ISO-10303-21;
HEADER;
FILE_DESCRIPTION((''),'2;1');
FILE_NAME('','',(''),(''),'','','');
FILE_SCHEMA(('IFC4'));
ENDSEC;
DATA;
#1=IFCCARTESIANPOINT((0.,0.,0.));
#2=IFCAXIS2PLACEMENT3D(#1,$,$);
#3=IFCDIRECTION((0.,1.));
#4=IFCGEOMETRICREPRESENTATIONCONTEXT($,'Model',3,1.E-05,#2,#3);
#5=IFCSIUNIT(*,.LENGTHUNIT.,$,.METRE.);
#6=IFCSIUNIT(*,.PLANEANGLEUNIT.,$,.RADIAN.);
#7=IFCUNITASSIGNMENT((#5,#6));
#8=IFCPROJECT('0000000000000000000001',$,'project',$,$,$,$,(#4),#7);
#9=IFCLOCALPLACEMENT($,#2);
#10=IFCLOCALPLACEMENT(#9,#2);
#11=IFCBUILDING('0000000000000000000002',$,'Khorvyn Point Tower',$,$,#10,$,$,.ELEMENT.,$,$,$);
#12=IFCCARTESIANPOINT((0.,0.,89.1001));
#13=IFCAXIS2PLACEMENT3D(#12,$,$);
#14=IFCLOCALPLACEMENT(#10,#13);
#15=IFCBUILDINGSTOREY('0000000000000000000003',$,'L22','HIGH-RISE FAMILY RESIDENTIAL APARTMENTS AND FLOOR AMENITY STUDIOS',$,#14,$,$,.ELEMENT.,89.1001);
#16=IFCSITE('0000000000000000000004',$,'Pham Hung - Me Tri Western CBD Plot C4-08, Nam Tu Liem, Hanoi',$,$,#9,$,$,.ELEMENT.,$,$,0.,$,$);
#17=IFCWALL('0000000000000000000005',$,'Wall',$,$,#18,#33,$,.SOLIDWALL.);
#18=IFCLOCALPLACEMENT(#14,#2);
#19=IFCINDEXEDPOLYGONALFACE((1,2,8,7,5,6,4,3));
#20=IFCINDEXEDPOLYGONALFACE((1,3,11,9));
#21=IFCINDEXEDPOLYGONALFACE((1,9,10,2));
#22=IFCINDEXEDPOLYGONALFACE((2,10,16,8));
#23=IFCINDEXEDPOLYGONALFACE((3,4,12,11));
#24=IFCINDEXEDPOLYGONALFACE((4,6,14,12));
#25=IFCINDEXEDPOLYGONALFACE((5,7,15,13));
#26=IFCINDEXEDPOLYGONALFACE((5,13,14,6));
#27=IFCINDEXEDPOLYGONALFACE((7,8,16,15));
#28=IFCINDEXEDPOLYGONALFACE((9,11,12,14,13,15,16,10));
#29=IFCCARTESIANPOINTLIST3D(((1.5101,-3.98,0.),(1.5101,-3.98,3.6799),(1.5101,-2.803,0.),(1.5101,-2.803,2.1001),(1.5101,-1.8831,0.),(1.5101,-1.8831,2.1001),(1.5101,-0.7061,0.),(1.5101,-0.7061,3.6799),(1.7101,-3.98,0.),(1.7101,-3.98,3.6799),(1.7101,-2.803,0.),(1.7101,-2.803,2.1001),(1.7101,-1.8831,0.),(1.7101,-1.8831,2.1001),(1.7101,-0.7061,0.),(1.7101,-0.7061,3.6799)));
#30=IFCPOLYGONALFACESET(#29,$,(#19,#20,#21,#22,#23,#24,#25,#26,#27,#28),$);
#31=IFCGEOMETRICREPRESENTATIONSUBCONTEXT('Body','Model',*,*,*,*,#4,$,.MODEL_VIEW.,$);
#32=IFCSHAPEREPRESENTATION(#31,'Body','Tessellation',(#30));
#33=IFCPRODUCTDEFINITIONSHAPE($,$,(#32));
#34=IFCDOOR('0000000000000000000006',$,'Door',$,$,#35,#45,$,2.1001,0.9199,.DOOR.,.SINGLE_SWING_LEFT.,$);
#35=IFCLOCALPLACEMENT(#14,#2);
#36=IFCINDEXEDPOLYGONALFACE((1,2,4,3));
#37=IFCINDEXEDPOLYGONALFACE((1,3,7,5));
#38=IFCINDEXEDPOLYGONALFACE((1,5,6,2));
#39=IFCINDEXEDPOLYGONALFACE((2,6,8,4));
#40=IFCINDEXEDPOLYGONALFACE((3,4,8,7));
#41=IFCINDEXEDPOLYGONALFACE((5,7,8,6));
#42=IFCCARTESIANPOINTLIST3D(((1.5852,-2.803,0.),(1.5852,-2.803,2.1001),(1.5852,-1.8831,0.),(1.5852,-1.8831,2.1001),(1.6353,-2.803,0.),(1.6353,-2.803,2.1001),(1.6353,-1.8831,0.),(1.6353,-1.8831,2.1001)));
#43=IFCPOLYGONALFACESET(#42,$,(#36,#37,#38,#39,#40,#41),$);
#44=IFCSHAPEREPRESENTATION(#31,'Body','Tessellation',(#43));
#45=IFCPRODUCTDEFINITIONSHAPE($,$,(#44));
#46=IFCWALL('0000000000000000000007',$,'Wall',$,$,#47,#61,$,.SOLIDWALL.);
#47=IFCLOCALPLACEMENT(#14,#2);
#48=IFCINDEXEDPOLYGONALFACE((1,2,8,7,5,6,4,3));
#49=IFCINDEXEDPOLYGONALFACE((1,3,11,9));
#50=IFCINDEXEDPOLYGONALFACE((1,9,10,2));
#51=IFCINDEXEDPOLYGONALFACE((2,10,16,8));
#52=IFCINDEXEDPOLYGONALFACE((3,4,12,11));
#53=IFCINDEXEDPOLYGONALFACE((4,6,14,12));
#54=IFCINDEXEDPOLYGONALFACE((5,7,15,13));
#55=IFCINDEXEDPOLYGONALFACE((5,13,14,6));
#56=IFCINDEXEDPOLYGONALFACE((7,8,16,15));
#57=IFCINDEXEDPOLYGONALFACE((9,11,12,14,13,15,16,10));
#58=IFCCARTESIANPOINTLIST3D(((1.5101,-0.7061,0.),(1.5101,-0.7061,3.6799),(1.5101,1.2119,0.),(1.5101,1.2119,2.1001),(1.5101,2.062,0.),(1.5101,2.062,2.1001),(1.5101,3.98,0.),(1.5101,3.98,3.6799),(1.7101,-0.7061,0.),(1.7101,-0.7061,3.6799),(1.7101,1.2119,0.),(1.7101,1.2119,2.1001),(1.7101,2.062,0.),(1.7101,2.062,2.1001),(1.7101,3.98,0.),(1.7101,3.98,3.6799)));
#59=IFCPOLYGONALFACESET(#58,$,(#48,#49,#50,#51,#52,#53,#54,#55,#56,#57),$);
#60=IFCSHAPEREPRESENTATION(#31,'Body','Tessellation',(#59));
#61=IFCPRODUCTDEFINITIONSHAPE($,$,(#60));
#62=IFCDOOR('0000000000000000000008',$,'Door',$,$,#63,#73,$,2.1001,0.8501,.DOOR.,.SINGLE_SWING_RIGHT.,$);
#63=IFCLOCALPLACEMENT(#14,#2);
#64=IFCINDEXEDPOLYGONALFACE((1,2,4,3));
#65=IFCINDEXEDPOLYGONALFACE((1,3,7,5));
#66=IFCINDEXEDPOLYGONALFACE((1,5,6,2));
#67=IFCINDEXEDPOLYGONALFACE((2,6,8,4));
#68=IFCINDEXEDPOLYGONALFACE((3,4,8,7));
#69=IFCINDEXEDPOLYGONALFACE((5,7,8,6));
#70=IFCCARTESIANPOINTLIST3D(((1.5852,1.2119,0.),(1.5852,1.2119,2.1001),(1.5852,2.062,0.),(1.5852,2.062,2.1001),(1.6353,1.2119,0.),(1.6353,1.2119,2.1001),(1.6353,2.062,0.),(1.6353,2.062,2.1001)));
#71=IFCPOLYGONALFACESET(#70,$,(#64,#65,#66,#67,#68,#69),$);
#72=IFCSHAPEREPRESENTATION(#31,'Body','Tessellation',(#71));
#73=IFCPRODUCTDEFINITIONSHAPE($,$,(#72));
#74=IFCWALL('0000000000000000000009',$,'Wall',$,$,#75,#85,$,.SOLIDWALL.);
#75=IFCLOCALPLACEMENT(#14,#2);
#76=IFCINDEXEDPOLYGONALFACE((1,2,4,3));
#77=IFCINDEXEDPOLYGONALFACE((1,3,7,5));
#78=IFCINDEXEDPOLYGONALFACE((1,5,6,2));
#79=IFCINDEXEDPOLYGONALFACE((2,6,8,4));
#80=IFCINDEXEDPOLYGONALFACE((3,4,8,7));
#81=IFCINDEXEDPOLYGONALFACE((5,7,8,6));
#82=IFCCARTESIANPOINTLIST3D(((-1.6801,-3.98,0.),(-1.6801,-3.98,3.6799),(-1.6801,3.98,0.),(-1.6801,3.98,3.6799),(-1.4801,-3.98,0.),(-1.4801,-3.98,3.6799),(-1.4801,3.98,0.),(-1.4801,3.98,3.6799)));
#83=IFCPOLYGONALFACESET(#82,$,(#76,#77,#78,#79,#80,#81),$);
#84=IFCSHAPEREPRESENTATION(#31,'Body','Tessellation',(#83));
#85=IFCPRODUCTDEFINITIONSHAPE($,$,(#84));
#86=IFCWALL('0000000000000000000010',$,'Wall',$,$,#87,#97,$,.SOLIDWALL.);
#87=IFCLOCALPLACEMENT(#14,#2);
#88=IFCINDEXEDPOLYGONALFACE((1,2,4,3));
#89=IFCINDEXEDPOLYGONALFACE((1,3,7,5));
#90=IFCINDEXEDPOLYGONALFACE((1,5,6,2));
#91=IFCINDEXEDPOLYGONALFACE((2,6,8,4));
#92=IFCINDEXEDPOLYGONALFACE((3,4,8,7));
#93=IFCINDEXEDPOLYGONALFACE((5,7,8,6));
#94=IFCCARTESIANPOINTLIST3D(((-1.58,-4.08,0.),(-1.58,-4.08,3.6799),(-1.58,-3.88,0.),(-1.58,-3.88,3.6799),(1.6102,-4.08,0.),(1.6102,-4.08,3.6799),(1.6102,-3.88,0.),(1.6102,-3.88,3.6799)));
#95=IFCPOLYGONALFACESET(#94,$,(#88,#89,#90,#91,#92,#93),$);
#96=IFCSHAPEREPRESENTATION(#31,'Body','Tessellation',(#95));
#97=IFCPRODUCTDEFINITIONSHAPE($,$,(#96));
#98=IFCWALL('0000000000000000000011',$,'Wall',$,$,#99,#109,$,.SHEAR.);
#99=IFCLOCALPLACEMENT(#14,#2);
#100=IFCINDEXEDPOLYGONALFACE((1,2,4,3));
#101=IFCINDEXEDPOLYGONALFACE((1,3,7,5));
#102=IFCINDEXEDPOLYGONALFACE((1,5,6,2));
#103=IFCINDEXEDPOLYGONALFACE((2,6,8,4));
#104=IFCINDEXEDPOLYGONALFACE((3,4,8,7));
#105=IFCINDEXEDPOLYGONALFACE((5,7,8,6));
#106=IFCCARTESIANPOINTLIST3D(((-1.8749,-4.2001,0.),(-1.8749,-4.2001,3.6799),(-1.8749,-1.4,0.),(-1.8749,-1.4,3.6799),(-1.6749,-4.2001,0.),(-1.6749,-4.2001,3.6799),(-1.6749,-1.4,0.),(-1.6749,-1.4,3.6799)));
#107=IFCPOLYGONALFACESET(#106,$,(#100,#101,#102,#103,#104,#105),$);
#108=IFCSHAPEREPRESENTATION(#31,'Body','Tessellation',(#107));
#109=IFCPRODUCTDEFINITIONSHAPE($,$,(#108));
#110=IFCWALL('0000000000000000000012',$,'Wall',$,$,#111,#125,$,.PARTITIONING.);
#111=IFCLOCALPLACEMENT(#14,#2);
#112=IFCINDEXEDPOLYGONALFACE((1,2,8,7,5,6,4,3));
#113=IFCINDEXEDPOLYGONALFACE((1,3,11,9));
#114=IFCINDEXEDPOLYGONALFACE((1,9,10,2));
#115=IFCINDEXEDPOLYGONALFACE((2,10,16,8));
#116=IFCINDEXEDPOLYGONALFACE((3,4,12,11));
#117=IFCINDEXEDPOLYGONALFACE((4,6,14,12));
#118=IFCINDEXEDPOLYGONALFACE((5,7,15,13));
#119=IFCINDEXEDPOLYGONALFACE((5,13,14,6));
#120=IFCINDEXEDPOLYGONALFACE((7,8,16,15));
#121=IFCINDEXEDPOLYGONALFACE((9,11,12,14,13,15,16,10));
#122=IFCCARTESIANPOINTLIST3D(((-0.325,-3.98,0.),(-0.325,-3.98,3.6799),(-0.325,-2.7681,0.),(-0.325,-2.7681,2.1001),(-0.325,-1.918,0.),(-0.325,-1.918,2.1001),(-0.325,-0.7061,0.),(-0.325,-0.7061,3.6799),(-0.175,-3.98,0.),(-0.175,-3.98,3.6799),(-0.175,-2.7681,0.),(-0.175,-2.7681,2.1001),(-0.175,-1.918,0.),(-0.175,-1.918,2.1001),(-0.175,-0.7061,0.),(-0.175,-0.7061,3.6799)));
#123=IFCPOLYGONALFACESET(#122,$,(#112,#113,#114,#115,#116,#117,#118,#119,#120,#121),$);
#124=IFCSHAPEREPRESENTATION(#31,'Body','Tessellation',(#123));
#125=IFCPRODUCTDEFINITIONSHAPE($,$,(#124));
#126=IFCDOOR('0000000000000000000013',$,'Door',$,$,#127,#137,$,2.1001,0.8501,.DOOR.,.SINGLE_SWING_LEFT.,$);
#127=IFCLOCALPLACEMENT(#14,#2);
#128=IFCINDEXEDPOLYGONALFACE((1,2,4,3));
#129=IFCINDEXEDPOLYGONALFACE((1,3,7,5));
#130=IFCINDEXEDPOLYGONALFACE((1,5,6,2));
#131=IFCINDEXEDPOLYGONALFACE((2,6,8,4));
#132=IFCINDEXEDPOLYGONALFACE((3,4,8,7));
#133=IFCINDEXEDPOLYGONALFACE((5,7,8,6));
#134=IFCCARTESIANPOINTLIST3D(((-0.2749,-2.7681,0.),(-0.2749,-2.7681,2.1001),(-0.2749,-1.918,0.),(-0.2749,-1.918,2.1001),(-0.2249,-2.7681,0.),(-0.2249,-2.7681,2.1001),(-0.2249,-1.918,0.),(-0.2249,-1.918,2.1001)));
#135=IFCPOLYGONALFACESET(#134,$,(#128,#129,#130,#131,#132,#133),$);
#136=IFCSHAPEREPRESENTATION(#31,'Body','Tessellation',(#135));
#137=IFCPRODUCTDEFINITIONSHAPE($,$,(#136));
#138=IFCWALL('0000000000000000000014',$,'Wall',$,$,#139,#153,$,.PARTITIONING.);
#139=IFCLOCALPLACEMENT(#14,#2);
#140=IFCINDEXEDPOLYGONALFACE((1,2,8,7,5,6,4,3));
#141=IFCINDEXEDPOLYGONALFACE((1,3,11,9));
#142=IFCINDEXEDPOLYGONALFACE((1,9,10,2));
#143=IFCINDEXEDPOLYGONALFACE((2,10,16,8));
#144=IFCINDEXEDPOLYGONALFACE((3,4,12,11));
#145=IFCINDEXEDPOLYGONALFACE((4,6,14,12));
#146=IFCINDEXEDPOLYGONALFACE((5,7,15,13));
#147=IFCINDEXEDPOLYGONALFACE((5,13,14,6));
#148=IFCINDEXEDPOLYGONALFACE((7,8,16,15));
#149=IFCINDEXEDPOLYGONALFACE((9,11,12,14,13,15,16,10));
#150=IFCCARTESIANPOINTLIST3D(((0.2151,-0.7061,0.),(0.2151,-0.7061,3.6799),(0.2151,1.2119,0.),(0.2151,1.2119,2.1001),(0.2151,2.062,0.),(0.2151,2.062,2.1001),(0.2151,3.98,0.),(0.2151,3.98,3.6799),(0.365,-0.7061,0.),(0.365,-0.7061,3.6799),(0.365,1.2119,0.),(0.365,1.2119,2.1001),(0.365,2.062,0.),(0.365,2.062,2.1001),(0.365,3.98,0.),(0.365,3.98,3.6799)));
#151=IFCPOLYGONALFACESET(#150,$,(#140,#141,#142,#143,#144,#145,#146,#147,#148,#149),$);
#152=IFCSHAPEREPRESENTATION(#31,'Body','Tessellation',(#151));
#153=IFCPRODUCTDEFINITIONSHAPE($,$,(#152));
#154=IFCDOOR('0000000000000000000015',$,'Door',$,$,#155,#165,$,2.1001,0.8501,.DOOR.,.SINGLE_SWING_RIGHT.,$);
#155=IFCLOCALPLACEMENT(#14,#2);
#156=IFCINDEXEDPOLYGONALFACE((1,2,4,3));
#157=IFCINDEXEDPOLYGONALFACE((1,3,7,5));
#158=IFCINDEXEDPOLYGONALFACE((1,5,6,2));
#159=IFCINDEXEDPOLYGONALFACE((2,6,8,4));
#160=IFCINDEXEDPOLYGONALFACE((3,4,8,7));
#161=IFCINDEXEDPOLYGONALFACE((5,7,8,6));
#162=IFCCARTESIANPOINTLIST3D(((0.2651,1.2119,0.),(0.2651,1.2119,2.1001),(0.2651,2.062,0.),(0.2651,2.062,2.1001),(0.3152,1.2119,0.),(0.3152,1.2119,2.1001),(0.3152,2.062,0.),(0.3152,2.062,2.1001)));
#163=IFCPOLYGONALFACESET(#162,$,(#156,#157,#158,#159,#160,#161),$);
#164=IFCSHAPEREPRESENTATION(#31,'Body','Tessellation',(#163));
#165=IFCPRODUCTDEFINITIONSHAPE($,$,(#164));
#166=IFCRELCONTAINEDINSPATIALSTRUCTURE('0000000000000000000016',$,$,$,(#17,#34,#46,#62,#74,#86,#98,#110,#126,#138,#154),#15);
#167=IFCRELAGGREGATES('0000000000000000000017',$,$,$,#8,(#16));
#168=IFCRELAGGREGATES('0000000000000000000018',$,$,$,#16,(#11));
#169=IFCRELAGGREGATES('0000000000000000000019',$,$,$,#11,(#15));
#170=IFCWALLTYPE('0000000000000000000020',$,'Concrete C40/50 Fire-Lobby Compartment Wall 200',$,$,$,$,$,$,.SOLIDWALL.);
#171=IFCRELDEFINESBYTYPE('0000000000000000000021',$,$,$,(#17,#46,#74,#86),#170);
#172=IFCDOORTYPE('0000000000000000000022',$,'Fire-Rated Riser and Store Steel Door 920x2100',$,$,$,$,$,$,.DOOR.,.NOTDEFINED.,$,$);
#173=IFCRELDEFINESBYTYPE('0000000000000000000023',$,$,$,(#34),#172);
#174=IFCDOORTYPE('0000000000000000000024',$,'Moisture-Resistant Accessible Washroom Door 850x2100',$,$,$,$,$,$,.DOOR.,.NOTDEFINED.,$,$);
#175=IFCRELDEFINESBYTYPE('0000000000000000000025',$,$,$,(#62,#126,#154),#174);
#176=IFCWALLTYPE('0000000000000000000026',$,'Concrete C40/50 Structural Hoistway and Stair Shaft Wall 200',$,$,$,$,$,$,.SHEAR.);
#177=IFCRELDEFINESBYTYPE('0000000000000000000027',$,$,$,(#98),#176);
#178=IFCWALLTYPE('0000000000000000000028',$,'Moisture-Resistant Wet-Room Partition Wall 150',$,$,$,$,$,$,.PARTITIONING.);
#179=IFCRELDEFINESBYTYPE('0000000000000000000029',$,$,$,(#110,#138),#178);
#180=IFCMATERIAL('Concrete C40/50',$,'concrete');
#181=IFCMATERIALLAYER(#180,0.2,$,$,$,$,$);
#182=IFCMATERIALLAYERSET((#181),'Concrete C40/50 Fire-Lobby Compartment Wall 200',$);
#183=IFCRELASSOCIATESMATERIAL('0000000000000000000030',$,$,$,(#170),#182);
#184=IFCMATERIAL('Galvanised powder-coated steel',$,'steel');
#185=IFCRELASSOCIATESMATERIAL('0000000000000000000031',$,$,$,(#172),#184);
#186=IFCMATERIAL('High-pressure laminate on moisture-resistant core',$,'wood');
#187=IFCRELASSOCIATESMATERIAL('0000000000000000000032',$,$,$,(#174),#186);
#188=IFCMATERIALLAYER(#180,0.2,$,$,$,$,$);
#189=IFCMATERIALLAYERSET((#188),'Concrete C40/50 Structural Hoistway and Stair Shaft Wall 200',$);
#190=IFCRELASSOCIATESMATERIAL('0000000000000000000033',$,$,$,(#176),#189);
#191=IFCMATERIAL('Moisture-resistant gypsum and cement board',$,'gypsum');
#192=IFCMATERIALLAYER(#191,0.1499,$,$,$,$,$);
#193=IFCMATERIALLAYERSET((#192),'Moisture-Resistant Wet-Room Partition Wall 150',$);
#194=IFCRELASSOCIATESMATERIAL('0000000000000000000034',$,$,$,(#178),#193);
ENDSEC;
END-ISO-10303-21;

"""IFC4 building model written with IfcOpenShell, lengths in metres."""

from ifc_helpers import new_model, si_unit, direction, frame, frame_2d, origin, place, context, subcontext, project, spatial, rectangle, extrude, material, layer, layer_set, type_object, element, fill, save


model = new_model("IFC4")

# Units and contexts
model_context = context("Model", 3, precision=1e-05, world=origin(), true_north=direction((0.0, 1.0)))
body_context = subcontext(model_context, "Body", "Model", "MODEL_VIEW")
ifc_project = project(units=[si_unit("LENGTHUNIT", "METRE"), si_unit("PLANEANGLEUNIT", "RADIAN")], contexts=[model_context])

# Site, building, storey
site_placement = place(None, origin())
site = spatial("IfcSite", under=ifc_project, at=site_placement, Name="Pham Hung - Me Tri Western CBD Plot C4-08, Nam Tu Liem, Hanoi", CompositionType="ELEMENT", RefElevation=0.0)
building_placement = place(site_placement, origin())
building = spatial("IfcBuilding", under=site, at=building_placement, Name="Khorvyn Point Tower", CompositionType="ELEMENT")
storey_placement = place(building_placement, frame((0.0, 0.0, 89.1001)))
storey = spatial("IfcBuildingStorey", under=building, at=storey_placement, Name="L22", Description="HIGH-RISE FAMILY RESIDENTIAL APARTMENTS AND FLOOR AMENITY STUDIOS", CompositionType="ELEMENT", Elevation=89.1001)

# Shared definitions
ifc_material_1 = material(Name="Concrete C40/50", Category="concrete")

# Walls, openings, doors
ifc_layer_1 = layer(ifc_material_1, 0.2)
ifc_layer_set_1 = layer_set([ifc_layer_1], Name="Concrete C40/50 Fire-Lobby Compartment Wall 200")
wall_type_1 = type_object("IfcWallType", Name="Concrete C40/50 Fire-Lobby Compartment Wall 200", PredefinedType="SOLIDWALL", material=ifc_layer_set_1)
wall_1_placement = place(storey_placement, frame((1.6101, -3.98, 0.0), z_axis=(0.0, 0.0, 1.0), x_axis=(0.0, 1.0, 0.0)))
wall_1 = element("IfcWall", 1, at=wall_1_placement, inside=storey, type_object=wall_type_1, Name="Wall", PredefinedType="SOLIDWALL", context=body_context, shape_type="SweptSolid", body=[
    extrude(rectangle(XDim=3.2739, YDim=0.2, at=frame_2d((1.637, 0.0))), origin(), (0.0, 0.0, 1.0), 3.6799),
])
opening_1_placement = place(wall_1_placement, frame((1.177, 0.0, 0.0)))
opening_1 = element("IfcOpeningElement", 2, at=opening_1_placement, cuts=wall_1, PredefinedType="OPENING", context=body_context, shape_type="SweptSolid", body=[
    extrude(rectangle(XDim=0.9199, YDim=2.1001, at=frame_2d((0.46, 1.05))), frame((0.0, 0.1099, 0.0), z_axis=(0.0, -1.0, 0.0), x_axis=(1.0, 0.0, 0.0)), (0.0, 0.0, 1.0), 0.22),
])
ifc_material_2 = material(Name="Galvanised powder-coated steel", Category="steel")
door_type_1 = type_object("IfcDoorType", Name="Fire-Rated Riser and Store Steel Door 920x2100", OperationType="NOTDEFINED", PredefinedType="DOOR", material=ifc_material_2)
door_1_placement = place(opening_1_placement, origin())
door_1 = element("IfcDoor", 3, at=door_1_placement, inside=storey, type_object=door_type_1, Name="Door", OperationType="SINGLE_SWING_LEFT", OverallHeight=2.1001, OverallWidth=0.9199, PredefinedType="DOOR", context=body_context, shape_type="SweptSolid", body=[
    extrude(rectangle(XDim=0.9199, YDim=2.1001, at=frame_2d((0.46, 1.05))), frame((0.0, 0.0249, 0.0), z_axis=(0.0, -1.0, 0.0), x_axis=(1.0, 0.0, 0.0)), (0.0, 0.0, 1.0), 0.05),
])
fill(opening_1, door_1)
wall_2_placement = place(storey_placement, frame((1.6101, -0.7061, 0.0), z_axis=(0.0, 0.0, 1.0), x_axis=(0.0, 1.0, 0.0)))
wall_2 = element("IfcWall", 4, at=wall_2_placement, inside=storey, type_object=wall_type_1, Name="Wall", PredefinedType="SOLIDWALL", context=body_context, shape_type="SweptSolid", body=[
    extrude(rectangle(XDim=4.686, YDim=0.2, at=frame_2d((2.343, 0.0))), origin(), (0.0, 0.0, 1.0), 3.6799),
])
opening_2_placement = place(wall_2_placement, frame((1.918, 0.0, 0.0)))
opening_2 = element("IfcOpeningElement", 5, at=opening_2_placement, cuts=wall_2, PredefinedType="OPENING", context=body_context, shape_type="SweptSolid", body=[
    extrude(rectangle(XDim=0.8501, YDim=2.1001, at=frame_2d((0.425, 1.05))), frame((0.0, 0.1099, 0.0), z_axis=(0.0, -1.0, 0.0), x_axis=(1.0, 0.0, 0.0)), (0.0, 0.0, 1.0), 0.22),
])
ifc_material_3 = material(Name="High-pressure laminate on moisture-resistant core", Category="wood")
door_type_2 = type_object("IfcDoorType", Name="Moisture-Resistant Accessible Washroom Door 850x2100", OperationType="NOTDEFINED", PredefinedType="DOOR", material=ifc_material_3)
door_2_placement = place(opening_2_placement, origin())
door_2 = element("IfcDoor", 6, at=door_2_placement, inside=storey, type_object=door_type_2, Name="Door", OperationType="SINGLE_SWING_RIGHT", OverallHeight=2.1001, OverallWidth=0.8501, PredefinedType="DOOR", context=body_context, shape_type="SweptSolid", body=[
    extrude(rectangle(XDim=0.8501, YDim=2.1001, at=frame_2d((0.425, 1.05))), frame((0.0, 0.0249, 0.0), z_axis=(0.0, -1.0, 0.0), x_axis=(1.0, 0.0, 0.0)), (0.0, 0.0, 1.0), 0.05),
])
fill(opening_2, door_2)

# Walls
wall_3_placement = place(storey_placement, frame((-1.5801, -3.98, 0.0), z_axis=(0.0, 0.0, 1.0), x_axis=(0.0, 1.0, 0.0)))
element("IfcWall", 7, at=wall_3_placement, inside=storey, type_object=wall_type_1, Name="Wall", PredefinedType="SOLIDWALL", context=body_context, shape_type="SweptSolid", body=[
    extrude(rectangle(XDim=7.96, YDim=0.2, at=frame_2d((3.98, 0.0))), origin(), (0.0, 0.0, 1.0), 3.6799),
])
wall_4_placement = place(storey_placement, frame((-1.5801, -3.98, 0.0), z_axis=(0.0, 0.0, 1.0), x_axis=(1.0, 0.0, 0.0)))
element("IfcWall", 8, at=wall_4_placement, inside=storey, type_object=wall_type_1, Name="Wall", PredefinedType="SOLIDWALL", context=body_context, shape_type="SweptSolid", body=[
    extrude(rectangle(XDim=3.1902, YDim=0.2, at=frame_2d((1.5952, 0.0))), origin(), (0.0, 0.0, 1.0), 3.6799),
])
ifc_layer_2 = layer(ifc_material_1, 0.2)
ifc_layer_set_2 = layer_set([ifc_layer_2], Name="Concrete C40/50 Structural Hoistway and Stair Shaft Wall 200")
wall_type_2 = type_object("IfcWallType", Name="Concrete C40/50 Structural Hoistway and Stair Shaft Wall 200", PredefinedType="SHEAR", material=ifc_layer_set_2)
wall_5_placement = place(storey_placement, frame((-1.7749, -4.2, 0.0), z_axis=(0.0, 0.0, 1.0), x_axis=(0.0, 1.0, 0.0)))
element("IfcWall", 9, at=wall_5_placement, inside=storey, type_object=wall_type_2, Name="Wall", PredefinedType="SHEAR", context=body_context, shape_type="SweptSolid", body=[
    extrude(rectangle(XDim=2.8, YDim=0.2, at=frame_2d((1.3999, 0.0))), origin(), (0.0, 0.0, 1.0), 3.6799),
])

# Walls, openings, doors
ifc_material_4 = material(Name="Moisture-resistant gypsum and cement board", Category="gypsum")
ifc_layer_3 = layer(ifc_material_4, 0.1499)
ifc_layer_set_3 = layer_set([ifc_layer_3], Name="Moisture-Resistant Wet-Room Partition Wall 150")
wall_type_3 = type_object("IfcWallType", Name="Moisture-Resistant Wet-Room Partition Wall 150", PredefinedType="PARTITIONING", material=ifc_layer_set_3)
wall_6_placement = place(storey_placement, frame((-0.25, -3.98, 0.0), z_axis=(0.0, 0.0, 1.0), x_axis=(0.0, 1.0, 0.0)))
wall_6 = element("IfcWall", 10, at=wall_6_placement, inside=storey, type_object=wall_type_3, Name="Wall", PredefinedType="PARTITIONING", context=body_context, shape_type="SweptSolid", body=[
    extrude(rectangle(XDim=3.2739, YDim=0.1499, at=frame_2d((1.637, 0.0))), origin(), (0.0, 0.0, 1.0), 3.6799),
])
opening_3_placement = place(wall_6_placement, frame((1.2119, 0.0, 0.0)))
opening_3 = element("IfcOpeningElement", 11, at=opening_3_placement, cuts=wall_6, PredefinedType="OPENING", context=body_context, shape_type="SweptSolid", body=[
    extrude(rectangle(XDim=0.8501, YDim=2.1001, at=frame_2d((0.425, 1.05))), frame((0.0, 0.085, 0.0), z_axis=(0.0, -1.0, 0.0), x_axis=(1.0, 0.0, 0.0)), (0.0, 0.0, 1.0), 0.1699),
])
door_3_placement = place(opening_3_placement, origin())
door_3 = element("IfcDoor", 12, at=door_3_placement, inside=storey, type_object=door_type_2, Name="Door", OperationType="SINGLE_SWING_LEFT", OverallHeight=2.1001, OverallWidth=0.8501, PredefinedType="DOOR", context=body_context, shape_type="SweptSolid", body=[
    extrude(rectangle(XDim=0.8501, YDim=2.1001, at=frame_2d((0.425, 1.05))), frame((0.0, 0.0249, 0.0), z_axis=(0.0, -1.0, 0.0), x_axis=(1.0, 0.0, 0.0)), (0.0, 0.0, 1.0), 0.05),
])
fill(opening_3, door_3)
wall_7_placement = place(storey_placement, frame((0.29, -0.7061, 0.0), z_axis=(0.0, 0.0, 1.0), x_axis=(0.0, 1.0, 0.0)))
wall_7 = element("IfcWall", 13, at=wall_7_placement, inside=storey, type_object=wall_type_3, Name="Wall", PredefinedType="PARTITIONING", context=body_context, shape_type="SweptSolid", body=[
    extrude(rectangle(XDim=4.686, YDim=0.1499, at=frame_2d((2.343, 0.0))), origin(), (0.0, 0.0, 1.0), 3.6799),
])
opening_4_placement = place(wall_7_placement, frame((1.918, 0.0, 0.0)))
opening_4 = element("IfcOpeningElement", 14, at=opening_4_placement, cuts=wall_7, PredefinedType="OPENING", context=body_context, shape_type="SweptSolid", body=[
    extrude(rectangle(XDim=0.8501, YDim=2.1001, at=frame_2d((0.425, 1.05))), frame((0.0, 0.085, 0.0), z_axis=(0.0, -1.0, 0.0), x_axis=(1.0, 0.0, 0.0)), (0.0, 0.0, 1.0), 0.1699),
])
door_4_placement = place(opening_4_placement, origin())
door_4 = element("IfcDoor", 15, at=door_4_placement, inside=storey, type_object=door_type_2, Name="Door", OperationType="SINGLE_SWING_RIGHT", OverallHeight=2.1001, OverallWidth=0.8501, PredefinedType="DOOR", context=body_context, shape_type="SweptSolid", body=[
    extrude(rectangle(XDim=0.8501, YDim=2.1001, at=frame_2d((0.425, 1.05))), frame((0.0, 0.0249, 0.0), z_axis=(0.0, -1.0, 0.0), x_axis=(1.0, 0.0, 0.0)), (0.0, 0.0, 1.0), 0.05),
])
fill(opening_4, door_4)

save(model, "model.ifc")
